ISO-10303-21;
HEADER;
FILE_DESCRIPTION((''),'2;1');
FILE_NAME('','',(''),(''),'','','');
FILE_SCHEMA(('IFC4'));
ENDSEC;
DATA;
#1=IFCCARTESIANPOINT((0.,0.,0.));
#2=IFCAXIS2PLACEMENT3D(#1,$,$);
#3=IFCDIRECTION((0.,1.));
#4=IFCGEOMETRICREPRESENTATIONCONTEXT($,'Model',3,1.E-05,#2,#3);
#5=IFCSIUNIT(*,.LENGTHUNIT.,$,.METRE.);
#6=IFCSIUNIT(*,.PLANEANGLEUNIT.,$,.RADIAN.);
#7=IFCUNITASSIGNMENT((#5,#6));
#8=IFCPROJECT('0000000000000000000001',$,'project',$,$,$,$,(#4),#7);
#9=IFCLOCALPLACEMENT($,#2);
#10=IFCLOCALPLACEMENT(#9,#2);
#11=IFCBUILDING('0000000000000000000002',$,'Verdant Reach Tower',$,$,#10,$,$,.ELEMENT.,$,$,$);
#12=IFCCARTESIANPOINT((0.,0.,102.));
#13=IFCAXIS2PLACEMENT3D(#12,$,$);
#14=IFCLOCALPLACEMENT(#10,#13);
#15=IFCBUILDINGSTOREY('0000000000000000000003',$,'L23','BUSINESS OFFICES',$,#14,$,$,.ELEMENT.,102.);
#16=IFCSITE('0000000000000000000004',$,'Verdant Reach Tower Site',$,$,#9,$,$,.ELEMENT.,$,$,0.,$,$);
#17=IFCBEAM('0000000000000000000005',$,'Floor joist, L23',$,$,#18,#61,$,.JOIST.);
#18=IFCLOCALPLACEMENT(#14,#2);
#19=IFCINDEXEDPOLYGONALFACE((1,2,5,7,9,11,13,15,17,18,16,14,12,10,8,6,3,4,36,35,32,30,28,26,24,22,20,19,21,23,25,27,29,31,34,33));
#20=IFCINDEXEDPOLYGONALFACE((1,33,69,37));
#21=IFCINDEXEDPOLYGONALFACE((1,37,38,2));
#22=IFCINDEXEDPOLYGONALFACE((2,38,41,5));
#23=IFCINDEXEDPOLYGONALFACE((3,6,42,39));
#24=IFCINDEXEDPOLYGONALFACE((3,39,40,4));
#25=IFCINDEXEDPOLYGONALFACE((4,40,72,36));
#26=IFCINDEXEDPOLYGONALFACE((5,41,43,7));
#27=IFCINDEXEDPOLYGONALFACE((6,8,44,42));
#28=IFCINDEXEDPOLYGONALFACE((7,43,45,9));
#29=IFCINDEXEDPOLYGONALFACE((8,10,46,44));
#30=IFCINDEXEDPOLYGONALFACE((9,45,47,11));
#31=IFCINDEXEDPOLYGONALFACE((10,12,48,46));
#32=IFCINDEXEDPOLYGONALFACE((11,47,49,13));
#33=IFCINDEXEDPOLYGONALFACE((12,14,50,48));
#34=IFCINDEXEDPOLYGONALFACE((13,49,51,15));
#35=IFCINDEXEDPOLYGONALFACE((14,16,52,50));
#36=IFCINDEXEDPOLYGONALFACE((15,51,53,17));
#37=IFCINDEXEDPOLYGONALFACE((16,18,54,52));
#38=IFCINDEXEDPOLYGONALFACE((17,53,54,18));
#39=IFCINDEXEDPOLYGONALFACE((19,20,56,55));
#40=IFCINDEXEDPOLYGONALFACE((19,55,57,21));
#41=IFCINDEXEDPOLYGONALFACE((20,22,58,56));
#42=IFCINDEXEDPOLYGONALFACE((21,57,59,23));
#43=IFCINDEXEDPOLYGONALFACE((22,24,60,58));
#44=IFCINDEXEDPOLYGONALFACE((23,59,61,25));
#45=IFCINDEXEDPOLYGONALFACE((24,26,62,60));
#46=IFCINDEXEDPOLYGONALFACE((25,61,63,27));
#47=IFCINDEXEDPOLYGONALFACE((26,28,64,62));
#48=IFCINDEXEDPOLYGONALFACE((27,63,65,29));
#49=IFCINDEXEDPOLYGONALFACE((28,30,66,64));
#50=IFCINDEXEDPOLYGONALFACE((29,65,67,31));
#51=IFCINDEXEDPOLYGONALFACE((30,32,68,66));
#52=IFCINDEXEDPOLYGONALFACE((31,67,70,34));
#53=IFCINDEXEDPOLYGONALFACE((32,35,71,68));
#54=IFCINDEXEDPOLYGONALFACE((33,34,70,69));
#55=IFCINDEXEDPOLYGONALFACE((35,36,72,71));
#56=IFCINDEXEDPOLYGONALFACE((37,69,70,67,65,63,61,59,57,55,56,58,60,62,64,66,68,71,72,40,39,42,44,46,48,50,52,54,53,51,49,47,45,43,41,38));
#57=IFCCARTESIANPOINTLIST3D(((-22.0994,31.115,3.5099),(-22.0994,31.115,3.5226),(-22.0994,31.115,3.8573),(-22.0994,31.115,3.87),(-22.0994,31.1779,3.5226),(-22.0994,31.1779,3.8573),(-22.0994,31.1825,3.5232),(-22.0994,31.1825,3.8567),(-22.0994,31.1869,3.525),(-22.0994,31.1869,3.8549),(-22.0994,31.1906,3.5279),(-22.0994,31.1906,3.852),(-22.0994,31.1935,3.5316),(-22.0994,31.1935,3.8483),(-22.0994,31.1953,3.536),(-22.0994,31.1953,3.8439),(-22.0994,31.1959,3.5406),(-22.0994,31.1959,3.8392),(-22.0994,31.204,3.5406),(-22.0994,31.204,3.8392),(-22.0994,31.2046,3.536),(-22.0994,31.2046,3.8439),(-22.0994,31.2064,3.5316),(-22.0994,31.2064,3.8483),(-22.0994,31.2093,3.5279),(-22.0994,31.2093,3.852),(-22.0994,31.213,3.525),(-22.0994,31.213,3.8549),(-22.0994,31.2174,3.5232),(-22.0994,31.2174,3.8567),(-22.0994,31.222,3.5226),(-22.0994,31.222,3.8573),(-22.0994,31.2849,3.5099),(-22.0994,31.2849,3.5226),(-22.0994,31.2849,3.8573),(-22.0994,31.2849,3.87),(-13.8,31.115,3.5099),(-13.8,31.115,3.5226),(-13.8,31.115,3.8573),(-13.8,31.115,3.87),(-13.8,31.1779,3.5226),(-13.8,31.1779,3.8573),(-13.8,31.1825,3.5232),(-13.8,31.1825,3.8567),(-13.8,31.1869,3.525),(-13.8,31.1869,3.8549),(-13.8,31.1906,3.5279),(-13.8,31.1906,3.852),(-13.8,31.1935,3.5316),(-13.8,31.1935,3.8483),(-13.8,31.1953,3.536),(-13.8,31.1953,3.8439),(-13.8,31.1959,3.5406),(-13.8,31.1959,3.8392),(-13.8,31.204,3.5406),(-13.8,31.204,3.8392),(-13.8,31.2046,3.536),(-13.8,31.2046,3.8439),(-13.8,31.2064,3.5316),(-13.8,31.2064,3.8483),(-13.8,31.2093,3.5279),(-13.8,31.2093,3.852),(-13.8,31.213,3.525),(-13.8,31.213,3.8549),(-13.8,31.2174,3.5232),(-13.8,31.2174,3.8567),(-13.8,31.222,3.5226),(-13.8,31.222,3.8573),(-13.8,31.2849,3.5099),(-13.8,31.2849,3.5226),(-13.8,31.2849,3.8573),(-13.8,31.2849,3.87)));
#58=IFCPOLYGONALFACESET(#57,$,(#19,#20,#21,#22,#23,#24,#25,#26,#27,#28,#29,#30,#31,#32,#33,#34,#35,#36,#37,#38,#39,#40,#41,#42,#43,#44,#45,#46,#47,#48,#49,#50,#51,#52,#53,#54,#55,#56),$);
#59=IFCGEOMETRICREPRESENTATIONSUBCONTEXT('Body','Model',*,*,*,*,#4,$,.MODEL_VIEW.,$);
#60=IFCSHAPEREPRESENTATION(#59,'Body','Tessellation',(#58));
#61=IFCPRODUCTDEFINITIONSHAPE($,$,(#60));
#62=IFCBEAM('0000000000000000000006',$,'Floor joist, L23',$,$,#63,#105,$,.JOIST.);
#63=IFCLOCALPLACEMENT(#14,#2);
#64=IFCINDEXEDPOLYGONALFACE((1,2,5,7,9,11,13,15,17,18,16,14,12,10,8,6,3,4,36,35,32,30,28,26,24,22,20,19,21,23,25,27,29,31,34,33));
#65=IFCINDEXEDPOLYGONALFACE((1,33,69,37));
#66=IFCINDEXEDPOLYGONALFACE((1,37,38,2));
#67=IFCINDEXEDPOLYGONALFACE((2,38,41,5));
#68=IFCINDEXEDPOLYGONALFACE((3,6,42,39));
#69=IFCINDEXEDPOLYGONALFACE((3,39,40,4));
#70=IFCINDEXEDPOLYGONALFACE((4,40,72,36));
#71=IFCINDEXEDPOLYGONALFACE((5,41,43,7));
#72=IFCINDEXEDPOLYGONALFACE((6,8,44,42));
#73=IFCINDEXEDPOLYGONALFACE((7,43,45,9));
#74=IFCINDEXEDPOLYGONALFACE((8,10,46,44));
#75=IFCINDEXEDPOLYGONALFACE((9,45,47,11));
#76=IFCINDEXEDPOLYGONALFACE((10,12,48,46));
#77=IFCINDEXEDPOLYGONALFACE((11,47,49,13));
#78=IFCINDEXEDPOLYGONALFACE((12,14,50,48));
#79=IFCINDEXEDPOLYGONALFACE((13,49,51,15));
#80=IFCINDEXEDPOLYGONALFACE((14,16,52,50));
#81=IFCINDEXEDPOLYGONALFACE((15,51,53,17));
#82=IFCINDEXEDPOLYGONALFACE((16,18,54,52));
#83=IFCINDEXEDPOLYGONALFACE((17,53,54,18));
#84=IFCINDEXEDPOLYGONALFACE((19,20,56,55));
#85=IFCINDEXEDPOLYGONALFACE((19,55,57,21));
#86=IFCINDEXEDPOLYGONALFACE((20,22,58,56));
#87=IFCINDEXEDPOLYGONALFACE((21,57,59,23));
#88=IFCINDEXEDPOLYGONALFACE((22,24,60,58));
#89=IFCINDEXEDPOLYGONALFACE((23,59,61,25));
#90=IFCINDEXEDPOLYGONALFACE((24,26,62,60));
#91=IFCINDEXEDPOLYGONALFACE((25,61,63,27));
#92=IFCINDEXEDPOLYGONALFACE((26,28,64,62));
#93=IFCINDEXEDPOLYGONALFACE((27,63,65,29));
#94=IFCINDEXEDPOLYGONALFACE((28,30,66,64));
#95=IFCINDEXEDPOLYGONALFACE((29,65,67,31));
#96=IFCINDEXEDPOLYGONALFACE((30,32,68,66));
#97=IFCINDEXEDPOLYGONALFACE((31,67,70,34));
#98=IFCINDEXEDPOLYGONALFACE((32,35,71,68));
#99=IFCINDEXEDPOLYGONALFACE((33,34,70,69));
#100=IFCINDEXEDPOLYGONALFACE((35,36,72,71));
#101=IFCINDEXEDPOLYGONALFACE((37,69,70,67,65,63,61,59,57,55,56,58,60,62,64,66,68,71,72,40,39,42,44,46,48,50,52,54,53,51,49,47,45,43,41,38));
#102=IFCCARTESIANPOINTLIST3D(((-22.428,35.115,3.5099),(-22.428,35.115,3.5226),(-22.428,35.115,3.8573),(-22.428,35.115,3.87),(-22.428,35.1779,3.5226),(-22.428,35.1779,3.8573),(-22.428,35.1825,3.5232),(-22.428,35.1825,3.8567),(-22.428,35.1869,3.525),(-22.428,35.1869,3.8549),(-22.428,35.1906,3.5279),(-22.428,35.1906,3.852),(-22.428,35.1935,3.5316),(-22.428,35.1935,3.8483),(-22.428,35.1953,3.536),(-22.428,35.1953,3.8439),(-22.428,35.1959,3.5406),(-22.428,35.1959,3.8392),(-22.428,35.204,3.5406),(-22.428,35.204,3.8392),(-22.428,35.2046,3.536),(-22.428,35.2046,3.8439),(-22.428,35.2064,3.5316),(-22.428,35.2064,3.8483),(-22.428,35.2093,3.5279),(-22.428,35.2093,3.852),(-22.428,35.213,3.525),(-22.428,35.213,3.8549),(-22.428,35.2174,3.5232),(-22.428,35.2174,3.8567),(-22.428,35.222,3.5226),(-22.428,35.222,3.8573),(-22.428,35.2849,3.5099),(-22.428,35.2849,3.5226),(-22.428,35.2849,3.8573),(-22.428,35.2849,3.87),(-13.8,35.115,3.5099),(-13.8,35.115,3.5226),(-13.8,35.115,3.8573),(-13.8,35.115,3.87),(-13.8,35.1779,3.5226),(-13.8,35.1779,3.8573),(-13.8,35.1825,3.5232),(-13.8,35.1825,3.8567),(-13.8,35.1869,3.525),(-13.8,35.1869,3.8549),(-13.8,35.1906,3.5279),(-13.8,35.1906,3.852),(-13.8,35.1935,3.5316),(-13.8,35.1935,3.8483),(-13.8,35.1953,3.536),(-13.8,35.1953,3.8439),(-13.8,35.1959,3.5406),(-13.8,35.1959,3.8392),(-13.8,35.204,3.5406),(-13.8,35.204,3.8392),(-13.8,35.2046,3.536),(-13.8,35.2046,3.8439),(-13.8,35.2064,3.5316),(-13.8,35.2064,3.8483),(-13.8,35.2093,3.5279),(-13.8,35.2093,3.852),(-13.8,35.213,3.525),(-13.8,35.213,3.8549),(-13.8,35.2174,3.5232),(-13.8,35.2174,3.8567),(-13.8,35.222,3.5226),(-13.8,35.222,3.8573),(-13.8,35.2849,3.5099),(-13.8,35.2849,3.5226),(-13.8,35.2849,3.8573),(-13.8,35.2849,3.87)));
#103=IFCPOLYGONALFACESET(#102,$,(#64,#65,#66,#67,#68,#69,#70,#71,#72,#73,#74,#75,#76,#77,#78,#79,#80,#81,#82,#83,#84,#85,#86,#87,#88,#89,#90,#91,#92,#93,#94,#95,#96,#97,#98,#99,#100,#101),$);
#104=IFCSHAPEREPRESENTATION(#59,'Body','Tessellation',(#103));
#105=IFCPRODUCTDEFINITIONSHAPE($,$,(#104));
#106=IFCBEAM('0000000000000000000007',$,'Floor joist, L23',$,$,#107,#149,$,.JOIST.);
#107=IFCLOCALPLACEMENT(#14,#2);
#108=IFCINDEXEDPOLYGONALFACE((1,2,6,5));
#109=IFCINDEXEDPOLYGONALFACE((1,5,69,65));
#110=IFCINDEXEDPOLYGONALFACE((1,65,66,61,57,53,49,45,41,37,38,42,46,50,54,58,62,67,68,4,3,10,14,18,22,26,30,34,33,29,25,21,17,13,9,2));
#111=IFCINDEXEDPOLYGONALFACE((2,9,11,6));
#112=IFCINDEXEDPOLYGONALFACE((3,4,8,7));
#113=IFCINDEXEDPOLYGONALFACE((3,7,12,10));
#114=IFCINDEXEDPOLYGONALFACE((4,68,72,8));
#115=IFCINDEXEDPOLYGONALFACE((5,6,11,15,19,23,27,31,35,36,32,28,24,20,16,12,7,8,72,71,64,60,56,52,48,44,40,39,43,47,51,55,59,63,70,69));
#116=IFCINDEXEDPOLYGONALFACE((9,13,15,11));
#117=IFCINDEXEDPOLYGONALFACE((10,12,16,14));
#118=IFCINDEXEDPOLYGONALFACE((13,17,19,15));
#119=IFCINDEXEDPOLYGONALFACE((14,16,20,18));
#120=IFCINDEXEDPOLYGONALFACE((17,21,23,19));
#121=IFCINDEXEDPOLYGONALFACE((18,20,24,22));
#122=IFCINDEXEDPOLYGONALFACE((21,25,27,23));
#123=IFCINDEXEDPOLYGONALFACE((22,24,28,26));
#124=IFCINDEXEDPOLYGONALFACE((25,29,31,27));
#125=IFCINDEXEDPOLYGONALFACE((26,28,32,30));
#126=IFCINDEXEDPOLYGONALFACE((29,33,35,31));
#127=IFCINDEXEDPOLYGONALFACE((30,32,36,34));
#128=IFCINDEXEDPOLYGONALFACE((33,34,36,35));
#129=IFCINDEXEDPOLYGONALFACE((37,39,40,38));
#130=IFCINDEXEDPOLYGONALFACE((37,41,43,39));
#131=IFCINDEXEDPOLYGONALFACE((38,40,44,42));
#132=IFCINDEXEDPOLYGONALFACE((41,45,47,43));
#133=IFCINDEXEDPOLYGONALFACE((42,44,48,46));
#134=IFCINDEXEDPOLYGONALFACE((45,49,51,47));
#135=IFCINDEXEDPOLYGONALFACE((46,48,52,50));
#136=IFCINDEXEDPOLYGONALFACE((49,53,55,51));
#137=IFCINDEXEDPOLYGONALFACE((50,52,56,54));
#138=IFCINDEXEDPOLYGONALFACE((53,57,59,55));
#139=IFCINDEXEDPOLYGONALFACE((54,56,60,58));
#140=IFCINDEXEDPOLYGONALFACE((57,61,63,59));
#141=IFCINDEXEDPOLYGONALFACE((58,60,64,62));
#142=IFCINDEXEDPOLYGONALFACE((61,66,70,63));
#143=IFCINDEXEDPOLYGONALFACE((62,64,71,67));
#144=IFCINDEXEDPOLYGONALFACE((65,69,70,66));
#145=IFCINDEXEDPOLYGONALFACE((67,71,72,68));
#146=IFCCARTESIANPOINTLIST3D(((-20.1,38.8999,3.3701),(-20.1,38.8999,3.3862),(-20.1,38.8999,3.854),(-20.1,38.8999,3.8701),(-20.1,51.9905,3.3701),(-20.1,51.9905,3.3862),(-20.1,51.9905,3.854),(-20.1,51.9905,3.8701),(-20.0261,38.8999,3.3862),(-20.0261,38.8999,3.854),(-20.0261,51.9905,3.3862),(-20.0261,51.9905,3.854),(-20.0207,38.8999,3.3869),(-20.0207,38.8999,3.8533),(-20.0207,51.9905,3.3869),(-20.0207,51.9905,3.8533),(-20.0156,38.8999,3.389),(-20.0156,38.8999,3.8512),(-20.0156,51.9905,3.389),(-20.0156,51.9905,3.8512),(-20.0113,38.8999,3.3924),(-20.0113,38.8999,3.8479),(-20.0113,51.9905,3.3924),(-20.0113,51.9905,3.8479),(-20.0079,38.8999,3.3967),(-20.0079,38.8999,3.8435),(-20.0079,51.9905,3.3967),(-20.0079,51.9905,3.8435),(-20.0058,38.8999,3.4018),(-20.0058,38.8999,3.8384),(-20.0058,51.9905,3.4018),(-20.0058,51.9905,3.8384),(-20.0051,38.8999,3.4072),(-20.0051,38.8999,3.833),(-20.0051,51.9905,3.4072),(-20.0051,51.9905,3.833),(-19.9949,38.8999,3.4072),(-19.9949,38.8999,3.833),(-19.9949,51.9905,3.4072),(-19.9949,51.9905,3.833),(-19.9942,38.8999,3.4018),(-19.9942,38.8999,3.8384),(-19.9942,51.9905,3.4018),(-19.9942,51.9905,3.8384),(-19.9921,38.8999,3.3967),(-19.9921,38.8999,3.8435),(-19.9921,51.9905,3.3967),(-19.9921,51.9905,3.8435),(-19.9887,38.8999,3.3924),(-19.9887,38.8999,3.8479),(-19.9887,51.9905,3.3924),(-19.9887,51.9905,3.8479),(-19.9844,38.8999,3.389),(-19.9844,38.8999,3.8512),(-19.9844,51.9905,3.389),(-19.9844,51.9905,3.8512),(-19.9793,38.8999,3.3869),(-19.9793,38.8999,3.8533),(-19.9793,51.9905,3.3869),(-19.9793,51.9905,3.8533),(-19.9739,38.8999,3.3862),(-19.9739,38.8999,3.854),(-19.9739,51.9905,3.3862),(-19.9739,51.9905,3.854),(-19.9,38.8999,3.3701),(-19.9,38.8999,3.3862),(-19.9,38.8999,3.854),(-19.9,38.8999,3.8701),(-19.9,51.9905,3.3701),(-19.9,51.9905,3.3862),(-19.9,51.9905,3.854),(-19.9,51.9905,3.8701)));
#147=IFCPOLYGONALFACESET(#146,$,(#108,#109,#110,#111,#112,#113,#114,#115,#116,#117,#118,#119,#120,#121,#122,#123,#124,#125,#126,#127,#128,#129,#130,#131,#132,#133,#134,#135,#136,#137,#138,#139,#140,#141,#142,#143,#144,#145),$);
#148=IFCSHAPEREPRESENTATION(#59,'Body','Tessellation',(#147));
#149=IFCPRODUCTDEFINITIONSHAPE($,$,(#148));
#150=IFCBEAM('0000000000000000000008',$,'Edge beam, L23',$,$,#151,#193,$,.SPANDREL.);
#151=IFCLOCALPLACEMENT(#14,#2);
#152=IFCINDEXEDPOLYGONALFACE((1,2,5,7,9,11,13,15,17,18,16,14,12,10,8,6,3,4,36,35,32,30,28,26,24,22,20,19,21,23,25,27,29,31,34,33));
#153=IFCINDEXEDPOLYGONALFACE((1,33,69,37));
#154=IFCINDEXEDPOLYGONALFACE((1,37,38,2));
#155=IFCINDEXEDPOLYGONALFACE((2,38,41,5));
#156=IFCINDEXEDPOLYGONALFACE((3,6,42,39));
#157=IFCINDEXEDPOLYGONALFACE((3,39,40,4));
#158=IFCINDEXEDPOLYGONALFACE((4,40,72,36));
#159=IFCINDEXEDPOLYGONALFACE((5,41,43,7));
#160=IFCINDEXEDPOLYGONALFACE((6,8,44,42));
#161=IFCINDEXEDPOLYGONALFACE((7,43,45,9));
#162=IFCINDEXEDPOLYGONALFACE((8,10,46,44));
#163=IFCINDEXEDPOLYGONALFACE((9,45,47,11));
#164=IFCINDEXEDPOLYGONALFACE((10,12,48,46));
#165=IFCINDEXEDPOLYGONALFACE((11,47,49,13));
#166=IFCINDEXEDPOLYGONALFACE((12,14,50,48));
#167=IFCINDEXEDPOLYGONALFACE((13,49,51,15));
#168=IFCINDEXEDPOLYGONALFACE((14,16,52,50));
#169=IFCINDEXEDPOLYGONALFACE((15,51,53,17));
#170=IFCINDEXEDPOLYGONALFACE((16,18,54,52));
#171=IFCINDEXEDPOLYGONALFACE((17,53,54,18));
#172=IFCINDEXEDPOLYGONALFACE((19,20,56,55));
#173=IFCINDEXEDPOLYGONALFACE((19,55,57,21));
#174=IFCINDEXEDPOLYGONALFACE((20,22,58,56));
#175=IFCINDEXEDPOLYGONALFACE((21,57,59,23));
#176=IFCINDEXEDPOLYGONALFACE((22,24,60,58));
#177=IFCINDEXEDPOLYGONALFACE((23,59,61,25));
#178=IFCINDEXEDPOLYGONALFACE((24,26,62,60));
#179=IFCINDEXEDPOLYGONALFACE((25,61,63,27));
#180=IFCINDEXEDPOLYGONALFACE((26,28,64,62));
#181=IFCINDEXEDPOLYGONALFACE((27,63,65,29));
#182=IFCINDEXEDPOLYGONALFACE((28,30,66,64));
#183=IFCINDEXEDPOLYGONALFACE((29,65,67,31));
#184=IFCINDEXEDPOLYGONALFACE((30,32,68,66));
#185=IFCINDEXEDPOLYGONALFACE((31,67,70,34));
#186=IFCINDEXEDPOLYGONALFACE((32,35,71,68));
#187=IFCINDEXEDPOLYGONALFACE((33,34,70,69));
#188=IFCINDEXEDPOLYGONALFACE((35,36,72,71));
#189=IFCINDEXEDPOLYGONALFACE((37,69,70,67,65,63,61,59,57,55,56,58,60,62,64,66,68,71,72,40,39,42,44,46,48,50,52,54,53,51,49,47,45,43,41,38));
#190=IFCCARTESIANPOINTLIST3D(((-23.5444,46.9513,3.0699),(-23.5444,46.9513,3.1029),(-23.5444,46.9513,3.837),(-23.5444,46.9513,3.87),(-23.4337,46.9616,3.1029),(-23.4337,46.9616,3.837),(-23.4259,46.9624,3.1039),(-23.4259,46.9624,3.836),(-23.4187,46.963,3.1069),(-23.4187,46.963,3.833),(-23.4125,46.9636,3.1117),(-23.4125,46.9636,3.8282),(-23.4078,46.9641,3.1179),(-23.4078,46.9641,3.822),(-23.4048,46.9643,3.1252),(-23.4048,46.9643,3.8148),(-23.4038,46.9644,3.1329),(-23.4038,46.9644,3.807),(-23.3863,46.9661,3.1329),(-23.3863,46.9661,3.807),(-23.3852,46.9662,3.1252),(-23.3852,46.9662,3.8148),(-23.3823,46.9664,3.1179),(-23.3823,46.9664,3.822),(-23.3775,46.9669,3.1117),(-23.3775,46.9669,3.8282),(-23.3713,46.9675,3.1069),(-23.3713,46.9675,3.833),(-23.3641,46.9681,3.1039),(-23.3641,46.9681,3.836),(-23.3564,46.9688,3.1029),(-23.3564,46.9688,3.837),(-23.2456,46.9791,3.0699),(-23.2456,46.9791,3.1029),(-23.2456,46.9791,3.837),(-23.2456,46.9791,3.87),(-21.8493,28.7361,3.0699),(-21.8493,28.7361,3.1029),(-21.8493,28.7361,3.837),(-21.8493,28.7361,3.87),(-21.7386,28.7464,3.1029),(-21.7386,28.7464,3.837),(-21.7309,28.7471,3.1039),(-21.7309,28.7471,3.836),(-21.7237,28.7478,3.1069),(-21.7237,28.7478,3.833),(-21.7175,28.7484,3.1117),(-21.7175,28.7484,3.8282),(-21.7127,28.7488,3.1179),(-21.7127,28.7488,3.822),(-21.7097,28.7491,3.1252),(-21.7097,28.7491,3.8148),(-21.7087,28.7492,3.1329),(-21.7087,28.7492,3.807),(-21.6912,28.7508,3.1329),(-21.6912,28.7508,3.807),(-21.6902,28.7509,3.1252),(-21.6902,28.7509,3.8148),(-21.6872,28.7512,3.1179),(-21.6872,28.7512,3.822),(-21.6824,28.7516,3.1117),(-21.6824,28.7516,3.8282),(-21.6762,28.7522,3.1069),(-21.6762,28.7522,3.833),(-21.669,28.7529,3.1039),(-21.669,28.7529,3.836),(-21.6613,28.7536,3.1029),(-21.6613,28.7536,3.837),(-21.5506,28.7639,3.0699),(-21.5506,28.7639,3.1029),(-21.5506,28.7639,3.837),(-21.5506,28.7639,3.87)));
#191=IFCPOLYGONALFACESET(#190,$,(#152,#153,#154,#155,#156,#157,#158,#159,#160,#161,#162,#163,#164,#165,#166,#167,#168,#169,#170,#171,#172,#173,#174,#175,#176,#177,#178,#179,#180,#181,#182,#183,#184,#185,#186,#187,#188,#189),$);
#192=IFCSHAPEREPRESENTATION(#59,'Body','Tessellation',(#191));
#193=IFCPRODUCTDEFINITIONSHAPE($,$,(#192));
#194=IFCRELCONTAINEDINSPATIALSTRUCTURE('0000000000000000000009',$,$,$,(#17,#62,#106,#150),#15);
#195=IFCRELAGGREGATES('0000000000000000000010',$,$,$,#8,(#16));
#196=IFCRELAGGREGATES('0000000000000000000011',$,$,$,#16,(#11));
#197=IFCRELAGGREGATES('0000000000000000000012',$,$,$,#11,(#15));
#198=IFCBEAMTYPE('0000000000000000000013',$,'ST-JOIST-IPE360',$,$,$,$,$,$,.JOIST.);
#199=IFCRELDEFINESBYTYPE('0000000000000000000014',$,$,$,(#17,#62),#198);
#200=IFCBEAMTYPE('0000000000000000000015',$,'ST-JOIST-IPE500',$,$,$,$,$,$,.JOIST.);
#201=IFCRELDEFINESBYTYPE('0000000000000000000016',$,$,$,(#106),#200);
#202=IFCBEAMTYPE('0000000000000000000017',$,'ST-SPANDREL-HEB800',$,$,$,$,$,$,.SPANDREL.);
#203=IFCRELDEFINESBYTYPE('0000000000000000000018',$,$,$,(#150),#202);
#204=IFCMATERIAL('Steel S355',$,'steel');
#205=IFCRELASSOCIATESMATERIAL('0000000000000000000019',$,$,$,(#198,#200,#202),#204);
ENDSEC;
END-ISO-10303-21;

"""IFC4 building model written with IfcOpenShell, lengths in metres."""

from ifc_helpers import new_model, si_unit, direction, frame, origin, origin_2d, place, context, subcontext, project, spatial, i_section, extrude, material, material_profile, profile_set, type_object, element, save


model = new_model("IFC4")

# Units and contexts
model_context = context("Model", 3, precision=1e-05, world=origin(), true_north=direction((0.0, 1.0)))
body_context = subcontext(model_context, "Body", "Model", "MODEL_VIEW")
ifc_project = project(units=[si_unit("LENGTHUNIT", "METRE"), si_unit("PLANEANGLEUNIT", "RADIAN")], contexts=[model_context])

# Site, building, storey
site_placement = place(None, origin())
site = spatial("IfcSite", under=ifc_project, at=site_placement, Name="Verdant Reach Tower Site", CompositionType="ELEMENT", RefElevation=0.0)
building_placement = place(site_placement, origin())
building = spatial("IfcBuilding", under=site, at=building_placement, Name="Verdant Reach Tower", CompositionType="ELEMENT")
storey_placement = place(building_placement, frame((0.0, 0.0, 102.0)))
storey = spatial("IfcBuildingStorey", under=building, at=storey_placement, Name="L23", Description="BUSINESS OFFICES", CompositionType="ELEMENT", Elevation=102.0)

# Beams
ifc_material_1 = material(Name="Steel S355", Category="steel")
ifc_material_profile_1 = material_profile(ifc_material_1, i_section(OverallWidth=0.1699, OverallDepth=0.3601, WebThickness=0.0081, FlangeThickness=0.0127, FilletRadius=0.0181, at=origin_2d()), Name="IPE 360")
ifc_profile_set_1 = profile_set([ifc_material_profile_1], Name="Steel S355")
beam_type_1 = type_object("IfcBeamType", Name="ST-JOIST-IPE360", PredefinedType="JOIST", material=ifc_profile_set_1)
beam_1_placement = place(storey_placement, frame((-13.8, 31.2, 3.6899), z_axis=(-1.0, 0.0, 0.0), x_axis=(0.0, -1.0, 0.0)))
element("IfcBeam", 1, at=beam_1_placement, inside=storey, type_object=beam_type_1, Name="Floor joist, L23", PredefinedType="JOIST", context=body_context, shape_type="SweptSolid", body=[
    extrude(i_section(OverallWidth=0.1699, OverallDepth=0.3601, WebThickness=0.0081, FlangeThickness=0.0127, FilletRadius=0.0181, at=origin_2d()), origin(), (0.0, 0.0, 1.0), 8.2993),
])
beam_2_placement = place(storey_placement, frame((-13.8, 35.2, 3.6899), z_axis=(-1.0, 0.0, 0.0), x_axis=(0.0, -1.0, 0.0)))
element("IfcBeam", 2, at=beam_2_placement, inside=storey, type_object=beam_type_1, Name="Floor joist, L23", PredefinedType="JOIST", context=body_context, shape_type="SweptSolid", body=[
    extrude(i_section(OverallWidth=0.1699, OverallDepth=0.3601, WebThickness=0.0081, FlangeThickness=0.0127, FilletRadius=0.0181, at=origin_2d()), origin(), (0.0, 0.0, 1.0), 8.6279),
])
ifc_material_profile_2 = material_profile(ifc_material_1, i_section(OverallWidth=0.2, OverallDepth=0.5, WebThickness=0.0103, FlangeThickness=0.0161, FilletRadius=0.021, at=origin_2d()), Name="IPE 500")
ifc_profile_set_2 = profile_set([ifc_material_profile_2], Name="Steel S355")
beam_type_2 = type_object("IfcBeamType", Name="ST-JOIST-IPE500", PredefinedType="JOIST", material=ifc_profile_set_2)
beam_3_placement = place(storey_placement, frame((-20.0, 38.8999, 3.6201), z_axis=(0.0, 1.0, 0.0), x_axis=(-1.0, 0.0, 0.0)))
element("IfcBeam", 3, at=beam_3_placement, inside=storey, type_object=beam_type_2, Name="Floor joist, L23", PredefinedType="JOIST", context=body_context, shape_type="SweptSolid", body=[
    extrude(i_section(OverallWidth=0.2, OverallDepth=0.5, WebThickness=0.0103, FlangeThickness=0.0161, FilletRadius=0.021, at=origin_2d()), origin(), (0.0, 0.0, 1.0), 13.0906),
])
ifc_material_profile_3 = material_profile(ifc_material_1, i_section(OverallWidth=0.3, OverallDepth=0.8, WebThickness=0.0176, FlangeThickness=0.033, FilletRadius=0.03, at=origin_2d()), Name="HEB 800")
ifc_profile_set_3 = profile_set([ifc_material_profile_3], Name="Steel S355")
beam_type_3 = type_object("IfcBeamType", Name="ST-SPANDREL-HEB800", PredefinedType="SPANDREL", material=ifc_profile_set_3)
beam_4_placement = place(storey_placement, frame((-21.7, 28.75, 3.47), z_axis=(-0.092657, 0.995698, 0.0), x_axis=(-0.995698, -0.092657, 0.0)))
element("IfcBeam", 4, at=beam_4_placement, inside=storey, type_object=beam_type_3, Name="Edge beam, L23", PredefinedType="SPANDREL", context=body_context, shape_type="SweptSolid", body=[
    extrude(i_section(OverallWidth=0.3, OverallDepth=0.8, WebThickness=0.0176, FlangeThickness=0.033, FilletRadius=0.03, at=origin_2d()), origin(), (0.0, 0.0, 1.0), 18.2939),
])

save(model, "model.ifc")
